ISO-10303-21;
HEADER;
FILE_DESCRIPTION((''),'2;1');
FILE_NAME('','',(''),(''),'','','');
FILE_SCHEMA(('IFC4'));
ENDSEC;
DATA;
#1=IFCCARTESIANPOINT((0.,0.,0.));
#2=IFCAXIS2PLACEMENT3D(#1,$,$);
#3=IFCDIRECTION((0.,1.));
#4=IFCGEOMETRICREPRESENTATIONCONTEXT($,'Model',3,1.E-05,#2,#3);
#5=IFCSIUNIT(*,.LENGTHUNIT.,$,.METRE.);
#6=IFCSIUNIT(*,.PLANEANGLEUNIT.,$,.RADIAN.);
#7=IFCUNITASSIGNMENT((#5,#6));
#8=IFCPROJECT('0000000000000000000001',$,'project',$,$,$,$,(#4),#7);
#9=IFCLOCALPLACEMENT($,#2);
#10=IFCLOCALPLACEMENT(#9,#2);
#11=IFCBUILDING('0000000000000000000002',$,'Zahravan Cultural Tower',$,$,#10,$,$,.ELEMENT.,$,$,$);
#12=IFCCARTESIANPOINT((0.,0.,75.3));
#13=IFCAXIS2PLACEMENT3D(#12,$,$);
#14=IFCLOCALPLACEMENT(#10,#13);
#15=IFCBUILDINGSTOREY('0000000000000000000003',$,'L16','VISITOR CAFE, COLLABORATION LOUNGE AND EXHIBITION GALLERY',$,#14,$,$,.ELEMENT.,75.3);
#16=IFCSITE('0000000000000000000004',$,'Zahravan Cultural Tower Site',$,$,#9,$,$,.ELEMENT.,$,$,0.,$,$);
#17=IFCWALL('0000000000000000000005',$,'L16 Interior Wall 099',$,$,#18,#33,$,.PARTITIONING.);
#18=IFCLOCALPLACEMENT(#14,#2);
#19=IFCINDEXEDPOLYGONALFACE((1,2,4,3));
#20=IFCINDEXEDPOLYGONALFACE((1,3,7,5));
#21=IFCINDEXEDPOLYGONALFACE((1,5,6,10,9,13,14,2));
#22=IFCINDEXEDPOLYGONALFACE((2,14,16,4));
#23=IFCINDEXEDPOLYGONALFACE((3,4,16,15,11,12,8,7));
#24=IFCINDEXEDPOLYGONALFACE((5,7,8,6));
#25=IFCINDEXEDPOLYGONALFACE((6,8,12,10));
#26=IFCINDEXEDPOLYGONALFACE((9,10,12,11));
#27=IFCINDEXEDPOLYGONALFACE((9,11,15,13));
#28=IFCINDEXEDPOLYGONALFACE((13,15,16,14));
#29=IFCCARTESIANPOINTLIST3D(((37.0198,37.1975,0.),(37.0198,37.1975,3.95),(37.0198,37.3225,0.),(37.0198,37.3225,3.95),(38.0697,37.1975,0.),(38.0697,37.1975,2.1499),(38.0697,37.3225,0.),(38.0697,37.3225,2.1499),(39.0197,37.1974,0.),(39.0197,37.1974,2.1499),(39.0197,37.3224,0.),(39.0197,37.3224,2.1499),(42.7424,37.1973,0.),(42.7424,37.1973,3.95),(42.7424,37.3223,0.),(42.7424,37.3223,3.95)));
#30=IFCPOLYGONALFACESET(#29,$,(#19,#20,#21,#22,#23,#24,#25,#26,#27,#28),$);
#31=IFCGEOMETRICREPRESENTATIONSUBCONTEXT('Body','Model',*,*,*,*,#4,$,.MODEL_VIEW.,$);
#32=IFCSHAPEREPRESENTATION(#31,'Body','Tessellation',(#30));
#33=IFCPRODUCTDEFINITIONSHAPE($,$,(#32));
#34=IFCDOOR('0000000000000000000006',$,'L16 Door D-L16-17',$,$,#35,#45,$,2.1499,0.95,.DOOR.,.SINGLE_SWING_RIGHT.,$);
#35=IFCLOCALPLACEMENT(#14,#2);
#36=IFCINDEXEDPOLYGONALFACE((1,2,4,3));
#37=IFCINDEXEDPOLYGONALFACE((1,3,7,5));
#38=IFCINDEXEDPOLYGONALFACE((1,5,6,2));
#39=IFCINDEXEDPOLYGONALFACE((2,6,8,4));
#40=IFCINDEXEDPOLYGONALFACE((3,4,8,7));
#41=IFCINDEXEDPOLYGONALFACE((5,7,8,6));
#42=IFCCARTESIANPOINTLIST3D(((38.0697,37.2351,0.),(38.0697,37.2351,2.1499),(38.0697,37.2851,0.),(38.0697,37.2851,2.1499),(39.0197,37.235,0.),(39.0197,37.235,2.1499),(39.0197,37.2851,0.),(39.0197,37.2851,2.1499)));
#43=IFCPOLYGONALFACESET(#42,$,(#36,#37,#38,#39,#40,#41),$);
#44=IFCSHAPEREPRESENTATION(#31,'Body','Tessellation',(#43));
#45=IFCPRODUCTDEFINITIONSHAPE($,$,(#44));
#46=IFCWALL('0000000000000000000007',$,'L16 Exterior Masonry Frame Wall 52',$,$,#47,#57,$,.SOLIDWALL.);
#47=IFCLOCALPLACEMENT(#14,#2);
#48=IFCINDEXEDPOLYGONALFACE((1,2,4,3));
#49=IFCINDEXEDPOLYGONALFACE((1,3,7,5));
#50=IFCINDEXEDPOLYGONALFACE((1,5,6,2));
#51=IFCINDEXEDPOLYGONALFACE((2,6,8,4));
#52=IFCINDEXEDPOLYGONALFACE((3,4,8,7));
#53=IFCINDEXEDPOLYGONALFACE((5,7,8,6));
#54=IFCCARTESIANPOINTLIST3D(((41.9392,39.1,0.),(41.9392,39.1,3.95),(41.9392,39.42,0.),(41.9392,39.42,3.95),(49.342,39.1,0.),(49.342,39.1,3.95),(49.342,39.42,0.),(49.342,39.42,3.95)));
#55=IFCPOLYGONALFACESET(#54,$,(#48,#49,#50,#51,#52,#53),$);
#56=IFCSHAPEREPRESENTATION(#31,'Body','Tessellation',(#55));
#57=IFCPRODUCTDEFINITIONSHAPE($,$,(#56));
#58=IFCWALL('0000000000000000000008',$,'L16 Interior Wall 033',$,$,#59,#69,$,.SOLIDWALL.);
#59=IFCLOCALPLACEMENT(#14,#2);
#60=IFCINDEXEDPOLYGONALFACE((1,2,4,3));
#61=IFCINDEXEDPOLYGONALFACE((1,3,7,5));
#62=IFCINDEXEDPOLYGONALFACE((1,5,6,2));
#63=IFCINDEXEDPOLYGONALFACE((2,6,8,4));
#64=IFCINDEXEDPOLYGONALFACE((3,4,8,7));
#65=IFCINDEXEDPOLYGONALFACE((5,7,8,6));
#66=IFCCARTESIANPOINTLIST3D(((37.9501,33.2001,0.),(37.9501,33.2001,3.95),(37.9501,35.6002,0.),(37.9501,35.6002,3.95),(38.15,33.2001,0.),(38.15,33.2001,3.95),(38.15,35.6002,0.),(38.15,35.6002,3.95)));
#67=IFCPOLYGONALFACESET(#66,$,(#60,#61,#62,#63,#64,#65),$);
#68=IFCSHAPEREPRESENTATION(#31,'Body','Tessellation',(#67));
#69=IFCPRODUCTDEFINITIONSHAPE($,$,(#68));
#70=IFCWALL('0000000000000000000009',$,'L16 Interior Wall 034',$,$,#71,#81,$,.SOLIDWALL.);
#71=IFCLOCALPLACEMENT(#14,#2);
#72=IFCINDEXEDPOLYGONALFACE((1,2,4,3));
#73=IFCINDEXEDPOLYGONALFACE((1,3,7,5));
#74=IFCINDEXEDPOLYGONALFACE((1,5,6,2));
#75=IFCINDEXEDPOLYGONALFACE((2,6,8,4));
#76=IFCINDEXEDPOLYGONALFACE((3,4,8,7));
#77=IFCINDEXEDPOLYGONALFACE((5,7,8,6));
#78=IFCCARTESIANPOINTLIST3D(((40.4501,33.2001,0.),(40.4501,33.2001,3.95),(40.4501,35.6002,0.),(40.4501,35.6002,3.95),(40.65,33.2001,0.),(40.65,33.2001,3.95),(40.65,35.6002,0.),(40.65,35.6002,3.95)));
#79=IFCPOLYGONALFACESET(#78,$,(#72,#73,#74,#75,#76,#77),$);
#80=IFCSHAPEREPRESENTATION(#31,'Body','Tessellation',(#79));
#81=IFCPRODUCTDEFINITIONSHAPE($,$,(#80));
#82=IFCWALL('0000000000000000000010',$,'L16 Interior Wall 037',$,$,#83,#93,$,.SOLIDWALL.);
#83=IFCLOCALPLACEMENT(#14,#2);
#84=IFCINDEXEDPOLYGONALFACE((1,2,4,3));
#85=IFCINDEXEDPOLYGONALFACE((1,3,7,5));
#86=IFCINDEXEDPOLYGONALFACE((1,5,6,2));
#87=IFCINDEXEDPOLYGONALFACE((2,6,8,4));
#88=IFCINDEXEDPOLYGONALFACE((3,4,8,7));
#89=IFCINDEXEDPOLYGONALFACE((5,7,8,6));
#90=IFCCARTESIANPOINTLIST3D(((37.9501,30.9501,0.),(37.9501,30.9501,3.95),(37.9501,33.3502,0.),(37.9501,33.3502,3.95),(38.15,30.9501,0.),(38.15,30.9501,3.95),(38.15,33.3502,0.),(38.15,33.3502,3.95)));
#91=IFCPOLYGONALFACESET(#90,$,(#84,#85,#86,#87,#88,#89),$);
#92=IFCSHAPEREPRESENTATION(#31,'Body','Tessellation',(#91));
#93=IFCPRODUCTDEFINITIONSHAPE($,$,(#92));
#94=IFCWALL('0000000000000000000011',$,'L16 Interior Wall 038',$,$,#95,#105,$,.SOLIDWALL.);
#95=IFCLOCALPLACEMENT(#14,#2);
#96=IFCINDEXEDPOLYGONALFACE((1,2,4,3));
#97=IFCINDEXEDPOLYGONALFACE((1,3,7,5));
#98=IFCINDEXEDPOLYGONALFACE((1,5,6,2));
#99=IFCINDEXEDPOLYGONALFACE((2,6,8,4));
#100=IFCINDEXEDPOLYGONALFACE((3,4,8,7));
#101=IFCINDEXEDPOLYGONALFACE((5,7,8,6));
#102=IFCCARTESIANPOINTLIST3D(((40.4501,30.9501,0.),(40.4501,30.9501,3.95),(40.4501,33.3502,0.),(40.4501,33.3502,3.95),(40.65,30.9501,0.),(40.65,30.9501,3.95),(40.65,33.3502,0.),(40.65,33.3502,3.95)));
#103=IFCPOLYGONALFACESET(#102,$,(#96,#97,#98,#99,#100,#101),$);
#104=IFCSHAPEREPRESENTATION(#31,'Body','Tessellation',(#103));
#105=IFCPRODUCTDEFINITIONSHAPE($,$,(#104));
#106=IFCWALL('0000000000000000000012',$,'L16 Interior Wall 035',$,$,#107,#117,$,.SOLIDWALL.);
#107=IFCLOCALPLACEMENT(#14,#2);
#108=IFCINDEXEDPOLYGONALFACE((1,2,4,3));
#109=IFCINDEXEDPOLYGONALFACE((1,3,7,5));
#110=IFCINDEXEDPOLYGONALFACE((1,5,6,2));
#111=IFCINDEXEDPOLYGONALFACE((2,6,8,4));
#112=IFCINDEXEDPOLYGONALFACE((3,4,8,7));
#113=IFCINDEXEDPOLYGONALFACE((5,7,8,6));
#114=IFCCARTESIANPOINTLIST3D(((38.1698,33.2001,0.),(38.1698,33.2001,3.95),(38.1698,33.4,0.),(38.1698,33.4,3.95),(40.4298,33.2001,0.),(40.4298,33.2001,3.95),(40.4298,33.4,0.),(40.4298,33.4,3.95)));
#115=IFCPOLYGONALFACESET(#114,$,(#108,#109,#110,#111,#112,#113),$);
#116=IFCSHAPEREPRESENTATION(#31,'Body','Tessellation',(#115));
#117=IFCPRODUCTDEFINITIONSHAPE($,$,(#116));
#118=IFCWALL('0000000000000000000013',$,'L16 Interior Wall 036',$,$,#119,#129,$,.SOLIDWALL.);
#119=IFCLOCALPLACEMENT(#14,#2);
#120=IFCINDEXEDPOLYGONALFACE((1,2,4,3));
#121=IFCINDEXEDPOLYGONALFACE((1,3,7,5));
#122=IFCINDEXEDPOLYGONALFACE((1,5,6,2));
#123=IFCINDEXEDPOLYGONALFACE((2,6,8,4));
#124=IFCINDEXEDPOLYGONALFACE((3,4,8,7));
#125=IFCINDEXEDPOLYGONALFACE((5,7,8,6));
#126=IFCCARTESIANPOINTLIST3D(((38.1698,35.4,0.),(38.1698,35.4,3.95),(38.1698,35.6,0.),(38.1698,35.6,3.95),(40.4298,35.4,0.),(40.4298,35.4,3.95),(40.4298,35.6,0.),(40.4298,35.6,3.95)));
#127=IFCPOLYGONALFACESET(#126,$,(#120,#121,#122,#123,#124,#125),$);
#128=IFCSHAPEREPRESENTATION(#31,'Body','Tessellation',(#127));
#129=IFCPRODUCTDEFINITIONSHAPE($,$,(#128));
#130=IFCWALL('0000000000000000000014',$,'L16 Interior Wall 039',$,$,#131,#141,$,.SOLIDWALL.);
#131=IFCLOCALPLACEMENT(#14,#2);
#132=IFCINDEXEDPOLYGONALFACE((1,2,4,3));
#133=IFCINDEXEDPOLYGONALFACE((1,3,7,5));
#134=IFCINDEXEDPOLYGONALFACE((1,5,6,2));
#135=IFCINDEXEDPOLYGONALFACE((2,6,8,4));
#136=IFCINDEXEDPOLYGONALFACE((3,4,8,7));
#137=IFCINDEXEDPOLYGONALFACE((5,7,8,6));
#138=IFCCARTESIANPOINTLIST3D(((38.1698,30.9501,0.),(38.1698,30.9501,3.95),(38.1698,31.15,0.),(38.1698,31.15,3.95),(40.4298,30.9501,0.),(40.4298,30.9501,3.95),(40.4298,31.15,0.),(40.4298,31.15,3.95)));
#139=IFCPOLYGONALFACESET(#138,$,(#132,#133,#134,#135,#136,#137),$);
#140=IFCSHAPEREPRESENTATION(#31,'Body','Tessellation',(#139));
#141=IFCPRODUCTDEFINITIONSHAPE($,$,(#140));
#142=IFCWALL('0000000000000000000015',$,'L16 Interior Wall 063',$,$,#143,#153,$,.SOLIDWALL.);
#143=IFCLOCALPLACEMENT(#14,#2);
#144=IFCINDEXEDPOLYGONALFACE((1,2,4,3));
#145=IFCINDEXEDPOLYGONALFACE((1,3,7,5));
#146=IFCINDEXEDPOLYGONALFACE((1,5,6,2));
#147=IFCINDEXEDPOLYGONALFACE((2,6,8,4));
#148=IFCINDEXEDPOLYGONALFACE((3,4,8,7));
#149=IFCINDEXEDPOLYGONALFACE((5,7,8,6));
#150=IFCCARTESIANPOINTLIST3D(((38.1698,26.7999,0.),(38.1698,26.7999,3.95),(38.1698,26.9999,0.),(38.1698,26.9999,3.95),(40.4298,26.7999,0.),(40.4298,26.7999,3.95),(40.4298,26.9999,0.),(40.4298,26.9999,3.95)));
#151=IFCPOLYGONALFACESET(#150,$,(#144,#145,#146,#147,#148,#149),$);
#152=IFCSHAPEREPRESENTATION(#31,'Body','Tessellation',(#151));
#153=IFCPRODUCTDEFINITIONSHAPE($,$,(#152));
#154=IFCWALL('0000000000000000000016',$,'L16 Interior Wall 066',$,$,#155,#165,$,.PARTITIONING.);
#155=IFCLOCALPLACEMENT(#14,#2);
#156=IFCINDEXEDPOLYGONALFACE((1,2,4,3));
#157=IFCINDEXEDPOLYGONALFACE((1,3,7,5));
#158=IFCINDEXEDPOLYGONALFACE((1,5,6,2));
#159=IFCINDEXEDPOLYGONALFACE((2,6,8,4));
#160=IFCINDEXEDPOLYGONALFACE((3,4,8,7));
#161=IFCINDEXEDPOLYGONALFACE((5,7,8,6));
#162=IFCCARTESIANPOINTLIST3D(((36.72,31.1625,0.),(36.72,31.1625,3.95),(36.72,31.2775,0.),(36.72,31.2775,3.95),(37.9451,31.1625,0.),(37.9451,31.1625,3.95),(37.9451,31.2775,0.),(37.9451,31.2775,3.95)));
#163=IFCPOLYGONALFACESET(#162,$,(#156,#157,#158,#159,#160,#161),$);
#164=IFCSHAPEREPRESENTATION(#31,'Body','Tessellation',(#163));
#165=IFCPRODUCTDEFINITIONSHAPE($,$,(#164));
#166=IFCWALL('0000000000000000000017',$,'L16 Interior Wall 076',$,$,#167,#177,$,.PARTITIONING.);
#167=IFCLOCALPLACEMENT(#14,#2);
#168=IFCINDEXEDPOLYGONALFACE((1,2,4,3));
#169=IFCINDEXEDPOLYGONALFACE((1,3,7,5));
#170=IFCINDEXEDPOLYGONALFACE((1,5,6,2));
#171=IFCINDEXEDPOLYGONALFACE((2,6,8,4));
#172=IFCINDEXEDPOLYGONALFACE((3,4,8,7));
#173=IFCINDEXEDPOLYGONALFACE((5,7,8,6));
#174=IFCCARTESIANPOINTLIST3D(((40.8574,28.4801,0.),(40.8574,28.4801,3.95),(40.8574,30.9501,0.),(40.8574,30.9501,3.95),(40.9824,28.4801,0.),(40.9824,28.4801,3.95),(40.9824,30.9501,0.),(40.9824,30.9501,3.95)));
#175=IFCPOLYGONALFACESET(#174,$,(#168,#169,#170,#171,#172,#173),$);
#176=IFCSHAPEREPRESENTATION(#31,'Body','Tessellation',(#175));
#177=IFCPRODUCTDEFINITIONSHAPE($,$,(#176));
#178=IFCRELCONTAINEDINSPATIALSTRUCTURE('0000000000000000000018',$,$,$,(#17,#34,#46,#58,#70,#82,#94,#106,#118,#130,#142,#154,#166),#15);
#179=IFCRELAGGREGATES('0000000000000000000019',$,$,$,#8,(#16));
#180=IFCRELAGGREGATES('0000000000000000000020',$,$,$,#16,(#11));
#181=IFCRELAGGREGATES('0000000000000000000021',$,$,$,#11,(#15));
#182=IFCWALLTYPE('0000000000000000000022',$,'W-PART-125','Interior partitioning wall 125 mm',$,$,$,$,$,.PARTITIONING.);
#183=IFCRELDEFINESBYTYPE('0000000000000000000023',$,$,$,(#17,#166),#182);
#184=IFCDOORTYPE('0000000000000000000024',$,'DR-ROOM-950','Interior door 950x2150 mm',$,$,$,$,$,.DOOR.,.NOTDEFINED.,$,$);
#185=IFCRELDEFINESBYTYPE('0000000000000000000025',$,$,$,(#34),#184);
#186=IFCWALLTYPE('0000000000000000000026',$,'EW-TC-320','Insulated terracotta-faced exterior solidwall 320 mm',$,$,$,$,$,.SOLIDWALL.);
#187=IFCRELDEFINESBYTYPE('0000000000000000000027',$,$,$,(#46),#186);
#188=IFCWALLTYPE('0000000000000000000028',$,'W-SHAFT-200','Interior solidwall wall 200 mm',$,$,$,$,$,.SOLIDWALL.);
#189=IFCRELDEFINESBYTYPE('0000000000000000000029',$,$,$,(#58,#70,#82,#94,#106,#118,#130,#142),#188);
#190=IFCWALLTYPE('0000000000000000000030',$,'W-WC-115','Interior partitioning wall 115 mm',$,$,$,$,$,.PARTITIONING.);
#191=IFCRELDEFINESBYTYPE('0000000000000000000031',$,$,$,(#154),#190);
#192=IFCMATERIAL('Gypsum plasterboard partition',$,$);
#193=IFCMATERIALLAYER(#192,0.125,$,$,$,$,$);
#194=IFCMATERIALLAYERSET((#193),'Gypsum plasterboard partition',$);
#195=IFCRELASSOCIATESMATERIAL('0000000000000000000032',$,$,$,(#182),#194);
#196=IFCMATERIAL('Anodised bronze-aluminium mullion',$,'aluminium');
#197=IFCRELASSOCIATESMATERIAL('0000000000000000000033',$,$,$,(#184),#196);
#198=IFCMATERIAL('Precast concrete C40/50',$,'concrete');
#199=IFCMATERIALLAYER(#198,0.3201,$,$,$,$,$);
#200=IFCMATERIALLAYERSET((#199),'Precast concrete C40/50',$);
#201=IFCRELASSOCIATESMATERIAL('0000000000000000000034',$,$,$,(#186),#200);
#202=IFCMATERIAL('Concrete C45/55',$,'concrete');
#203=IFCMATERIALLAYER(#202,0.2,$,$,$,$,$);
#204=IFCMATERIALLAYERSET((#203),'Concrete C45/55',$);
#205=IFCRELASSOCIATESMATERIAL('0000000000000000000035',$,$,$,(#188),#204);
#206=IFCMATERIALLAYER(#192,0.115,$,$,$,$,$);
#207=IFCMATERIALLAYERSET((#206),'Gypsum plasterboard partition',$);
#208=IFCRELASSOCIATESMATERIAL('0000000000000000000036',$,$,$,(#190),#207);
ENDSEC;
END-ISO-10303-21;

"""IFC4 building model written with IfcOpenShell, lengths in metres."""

from ifc_helpers import new_model, si_unit, direction, frame, frame_2d, origin, place, context, subcontext, project, spatial, rectangle, extrude, source, transform, mapped, material, layer, layer_set, type_object, element, fill, save


model = new_model("IFC4")

# Units and contexts
model_context = context("Model", 3, precision=1e-05, world=origin(), true_north=direction((0.0, 1.0)))
body_context = subcontext(model_context, "Body", "Model", "MODEL_VIEW")
ifc_project = project(units=[si_unit("LENGTHUNIT", "METRE"), si_unit("PLANEANGLEUNIT", "RADIAN")], contexts=[model_context])

# Site, building, storey
site_placement = place(None, origin())
site = spatial("IfcSite", under=ifc_project, at=site_placement, Name="Zahravan Cultural Tower Site", CompositionType="ELEMENT", RefElevation=0.0)
building_placement = place(site_placement, origin())
building = spatial("IfcBuilding", under=site, at=building_placement, Name="Zahravan Cultural Tower", CompositionType="ELEMENT")
storey_placement = place(building_placement, frame((0.0, 0.0, 75.3)))
storey = spatial("IfcBuildingStorey", under=building, at=storey_placement, Name="L16", Description="VISITOR CAFE, COLLABORATION LOUNGE AND EXHIBITION GALLERY", CompositionType="ELEMENT", Elevation=75.3)

# Shared definitions
ifc_material_1 = material(Name="Anodised bronze-aluminium mullion", Category="aluminium")

# Wall, opening, door
ifc_material_2 = material(Name="Gypsum plasterboard partition")
ifc_layer_1 = layer(ifc_material_2, 0.125)
ifc_layer_set_1 = layer_set([ifc_layer_1], Name="Gypsum plasterboard partition")
wall_type_1 = type_object("IfcWallType", Name="W-PART-125", Description="Interior partitioning wall 125 mm", PredefinedType="PARTITIONING", material=ifc_layer_set_1)
door_type = type_object("IfcDoorType", Name="DR-ROOM-950", Description="Interior door 950x2150 mm", OperationType="NOTDEFINED", PredefinedType="DOOR", material=ifc_material_1)
shared_shape_1 = source(origin(), body_context, "Body", "SweptSolid", [
    extrude(rectangle(XDim=0.95, YDim=2.1499, at=frame_2d((0.4751, 1.075))), frame((0.0, 0.0249, 0.0), z_axis=(0.0, -1.0, 0.0), x_axis=(1.0, 0.0, 0.0)), (0.0, 0.0, 1.0), 0.05),
])
wall_1_placement = place(storey_placement, frame((42.7424, 37.2598, 0.0), z_axis=(0.0, 0.0, 1.0), x_axis=(-1.0, 0.000043, 0.0)))
wall_1 = element("IfcWall", 1, at=wall_1_placement, inside=storey, type_object=wall_type_1, Name="L16 Interior Wall 099", PredefinedType="PARTITIONING", context=body_context, shape_type="SweptSolid", body=[
    extrude(rectangle(XDim=5.7227, YDim=0.125, at=frame_2d((2.8613, 0.0))), origin(), (0.0, 0.0, 1.0), 3.95),
])
opening_1_placement = place(wall_1_placement, frame((3.7227, 0.0, 0.0)))
opening_1 = element("IfcOpeningElement", 2, at=opening_1_placement, cuts=wall_1, PredefinedType="OPENING", context=body_context, shape_type="SweptSolid", body=[
    extrude(rectangle(XDim=0.95, YDim=2.1499, at=frame_2d((0.4751, 1.075))), frame((0.0, 0.0725, 0.0), z_axis=(0.0, -1.0, 0.0), x_axis=(1.0, 0.0, 0.0)), (0.0, 0.0, 1.0), 0.145),
])
door_1_placement = place(opening_1_placement, origin())
door_1 = element("IfcDoor", 3, at=door_1_placement, inside=storey, type_object=door_type, Name="L16 Door D-L16-17", OperationType="SINGLE_SWING_RIGHT", OverallHeight=2.1499, OverallWidth=0.95, PredefinedType="DOOR", context=body_context, shape_type="MappedRepresentation", body=[
    mapped(shared_shape_1, transform((0.0, 0.0, 0.0), x_axis=(1.0, 0.0, 0.0), y_axis=(0.0, 1.0, 0.0), z_axis=(0.0, 0.0, 1.0), scale=1.0)),
])
fill(opening_1, door_1)

# Walls
ifc_material_3 = material(Name="Precast concrete C40/50", Category="concrete")
ifc_layer_2 = layer(ifc_material_3, 0.3201)
ifc_layer_set_2 = layer_set([ifc_layer_2], Name="Precast concrete C40/50")
wall_type_2 = type_object("IfcWallType", Name="EW-TC-320", Description="Insulated terracotta-faced exterior solidwall 320 mm", PredefinedType="SOLIDWALL", material=ifc_layer_set_2)
shared_shape_2 = source(origin(), body_context, "Body", "SweptSolid", [
    extrude(rectangle(XDim=7.4028, YDim=0.3201, at=frame_2d((3.7014, 0.0))), origin(), (0.0, 0.0, 1.0), 3.95),
])
wall_2_placement = place(storey_placement, frame((41.9392, 39.26, 0.0), z_axis=(0.0, 0.0, 1.0), x_axis=(1.0, 0.0, 0.0)))
element("IfcWall", 4, at=wall_2_placement, inside=storey, type_object=wall_type_2, Name="L16 Exterior Masonry Frame Wall 52", PredefinedType="SOLIDWALL", context=body_context, shape_type="MappedRepresentation", body=[
    mapped(shared_shape_2, transform((0.0, 0.0, 0.0), x_axis=(1.0, 0.0, 0.0), y_axis=(0.0, 1.0, 0.0), z_axis=(0.0, 0.0, 1.0), scale=1.0)),
])
ifc_material_4 = material(Name="Concrete C45/55", Category="concrete")
ifc_layer_3 = layer(ifc_material_4, 0.2)
ifc_layer_set_3 = layer_set([ifc_layer_3], Name="Concrete C45/55")
wall_type_3 = type_object("IfcWallType", Name="W-SHAFT-200", Description="Interior solidwall wall 200 mm", PredefinedType="SOLIDWALL", material=ifc_layer_set_3)
shared_shape_3 = source(origin(), body_context, "Body", "SweptSolid", [
    extrude(rectangle(XDim=2.4001, YDim=0.2, at=frame_2d((1.2002, 0.0))), origin(), (0.0, 0.0, 1.0), 3.95),
])
for number, where, z_axis, x_axis, name in (
    (5, (38.05, 33.2, 0.0), (0.0, 0.0, 1.0), (0.0, 1.0, 0.0), "L16 Interior Wall 033"),
    (6, (40.55, 33.2, 0.0), (0.0, 0.0, 1.0), (0.0, 1.0, 0.0), "L16 Interior Wall 034"),
    (7, (38.05, 30.95, 0.0), (0.0, 0.0, 1.0), (0.0, 1.0, 0.0), "L16 Interior Wall 037"),
    (8, (40.55, 30.95, 0.0), (0.0, 0.0, 1.0), (0.0, 1.0, 0.0), "L16 Interior Wall 038"),
):
    element("IfcWall", number, at=place(storey_placement, frame(where, z_axis=z_axis, x_axis=x_axis)), inside=storey, type_object=wall_type_3, Name=name, PredefinedType="SOLIDWALL", context=body_context, shape_type="MappedRepresentation", body=[
        mapped(shared_shape_3, transform((0.0, 0.0, 0.0), x_axis=(1.0, 0.0, 0.0), y_axis=(0.0, 1.0, 0.0), z_axis=(0.0, 0.0, 1.0), scale=1.0)),
    ])
shared_shape_4 = source(origin(), body_context, "Body", "SweptSolid", [
    extrude(rectangle(XDim=2.26, YDim=0.2, at=frame_2d((1.1299, 0.0))), origin(), (0.0, 0.0, 1.0), 3.95),
])
for number, where, z_axis, x_axis, name in (
    (9, (38.1699, 33.3, 0.0), (0.0, 0.0, 1.0), (1.0, 0.0, 0.0), "L16 Interior Wall 035"),
    (10, (38.1699, 35.5, 0.0), (0.0, 0.0, 1.0), (1.0, 0.0, 0.0), "L16 Interior Wall 036"),
    (11, (38.1699, 31.05, 0.0), (0.0, 0.0, 1.0), (1.0, 0.0, 0.0), "L16 Interior Wall 039"),
    (12, (38.1699, 26.8999, 0.0), (0.0, 0.0, 1.0), (1.0, 0.0, 0.0), "L16 Interior Wall 063"),
):
    element("IfcWall", number, at=place(storey_placement, frame(where, z_axis=z_axis, x_axis=x_axis)), inside=storey, type_object=wall_type_3, Name=name, PredefinedType="SOLIDWALL", context=body_context, shape_type="MappedRepresentation", body=[
        mapped(shared_shape_4, transform((0.0, 0.0, 0.0), x_axis=(1.0, 0.0, 0.0), y_axis=(0.0, 1.0, 0.0), z_axis=(0.0, 0.0, 1.0), scale=1.0)),
    ])
ifc_layer_4 = layer(ifc_material_2, 0.115)
ifc_layer_set_4 = layer_set([ifc_layer_4], Name="Gypsum plasterboard partition")
wall_type_4 = type_object("IfcWallType", Name="W-WC-115", Description="Interior partitioning wall 115 mm", PredefinedType="PARTITIONING", material=ifc_layer_set_4)
shared_shape_5 = source(origin(), body_context, "Body", "SweptSolid", [
    extrude(rectangle(XDim=1.2251, YDim=0.115, at=frame_2d((0.6125, 0.0))), origin(), (0.0, 0.0, 1.0), 3.95),
])
wall_3_placement = place(storey_placement, frame((37.9451, 31.22, 0.0), z_axis=(0.0, 0.0, 1.0), x_axis=(-1.0, 0.0, 0.0)))
element("IfcWall", 13, at=wall_3_placement, inside=storey, type_object=wall_type_4, Name="L16 Interior Wall 066", PredefinedType="PARTITIONING", context=body_context, shape_type="MappedRepresentation", body=[
    mapped(shared_shape_5, transform((0.0, 0.0, 0.0), x_axis=(1.0, 0.0, 0.0), y_axis=(0.0, 1.0, 0.0), z_axis=(0.0, 0.0, 1.0), scale=1.0)),
])
shared_shape_6 = source(origin(), body_context, "Body", "SweptSolid", [
    extrude(rectangle(XDim=2.47, YDim=0.125, at=frame_2d((1.2349, 0.0))), origin(), (0.0, 0.0, 1.0), 3.95),
])
wall_4_placement = place(storey_placement, frame((40.9199, 30.95, 0.0), z_axis=(0.0, 0.0, 1.0), x_axis=(0.0, -1.0, 0.0)))
element("IfcWall", 14, at=wall_4_placement, inside=storey, type_object=wall_type_1, Name="L16 Interior Wall 076", PredefinedType="PARTITIONING", context=body_context, shape_type="MappedRepresentation", body=[
    mapped(shared_shape_6, transform((0.0, 0.0, 0.0), x_axis=(1.0, 0.0, 0.0), y_axis=(0.0, 1.0, 0.0), z_axis=(0.0, 0.0, 1.0), scale=1.0)),
])

save(model, "model.ifc")
